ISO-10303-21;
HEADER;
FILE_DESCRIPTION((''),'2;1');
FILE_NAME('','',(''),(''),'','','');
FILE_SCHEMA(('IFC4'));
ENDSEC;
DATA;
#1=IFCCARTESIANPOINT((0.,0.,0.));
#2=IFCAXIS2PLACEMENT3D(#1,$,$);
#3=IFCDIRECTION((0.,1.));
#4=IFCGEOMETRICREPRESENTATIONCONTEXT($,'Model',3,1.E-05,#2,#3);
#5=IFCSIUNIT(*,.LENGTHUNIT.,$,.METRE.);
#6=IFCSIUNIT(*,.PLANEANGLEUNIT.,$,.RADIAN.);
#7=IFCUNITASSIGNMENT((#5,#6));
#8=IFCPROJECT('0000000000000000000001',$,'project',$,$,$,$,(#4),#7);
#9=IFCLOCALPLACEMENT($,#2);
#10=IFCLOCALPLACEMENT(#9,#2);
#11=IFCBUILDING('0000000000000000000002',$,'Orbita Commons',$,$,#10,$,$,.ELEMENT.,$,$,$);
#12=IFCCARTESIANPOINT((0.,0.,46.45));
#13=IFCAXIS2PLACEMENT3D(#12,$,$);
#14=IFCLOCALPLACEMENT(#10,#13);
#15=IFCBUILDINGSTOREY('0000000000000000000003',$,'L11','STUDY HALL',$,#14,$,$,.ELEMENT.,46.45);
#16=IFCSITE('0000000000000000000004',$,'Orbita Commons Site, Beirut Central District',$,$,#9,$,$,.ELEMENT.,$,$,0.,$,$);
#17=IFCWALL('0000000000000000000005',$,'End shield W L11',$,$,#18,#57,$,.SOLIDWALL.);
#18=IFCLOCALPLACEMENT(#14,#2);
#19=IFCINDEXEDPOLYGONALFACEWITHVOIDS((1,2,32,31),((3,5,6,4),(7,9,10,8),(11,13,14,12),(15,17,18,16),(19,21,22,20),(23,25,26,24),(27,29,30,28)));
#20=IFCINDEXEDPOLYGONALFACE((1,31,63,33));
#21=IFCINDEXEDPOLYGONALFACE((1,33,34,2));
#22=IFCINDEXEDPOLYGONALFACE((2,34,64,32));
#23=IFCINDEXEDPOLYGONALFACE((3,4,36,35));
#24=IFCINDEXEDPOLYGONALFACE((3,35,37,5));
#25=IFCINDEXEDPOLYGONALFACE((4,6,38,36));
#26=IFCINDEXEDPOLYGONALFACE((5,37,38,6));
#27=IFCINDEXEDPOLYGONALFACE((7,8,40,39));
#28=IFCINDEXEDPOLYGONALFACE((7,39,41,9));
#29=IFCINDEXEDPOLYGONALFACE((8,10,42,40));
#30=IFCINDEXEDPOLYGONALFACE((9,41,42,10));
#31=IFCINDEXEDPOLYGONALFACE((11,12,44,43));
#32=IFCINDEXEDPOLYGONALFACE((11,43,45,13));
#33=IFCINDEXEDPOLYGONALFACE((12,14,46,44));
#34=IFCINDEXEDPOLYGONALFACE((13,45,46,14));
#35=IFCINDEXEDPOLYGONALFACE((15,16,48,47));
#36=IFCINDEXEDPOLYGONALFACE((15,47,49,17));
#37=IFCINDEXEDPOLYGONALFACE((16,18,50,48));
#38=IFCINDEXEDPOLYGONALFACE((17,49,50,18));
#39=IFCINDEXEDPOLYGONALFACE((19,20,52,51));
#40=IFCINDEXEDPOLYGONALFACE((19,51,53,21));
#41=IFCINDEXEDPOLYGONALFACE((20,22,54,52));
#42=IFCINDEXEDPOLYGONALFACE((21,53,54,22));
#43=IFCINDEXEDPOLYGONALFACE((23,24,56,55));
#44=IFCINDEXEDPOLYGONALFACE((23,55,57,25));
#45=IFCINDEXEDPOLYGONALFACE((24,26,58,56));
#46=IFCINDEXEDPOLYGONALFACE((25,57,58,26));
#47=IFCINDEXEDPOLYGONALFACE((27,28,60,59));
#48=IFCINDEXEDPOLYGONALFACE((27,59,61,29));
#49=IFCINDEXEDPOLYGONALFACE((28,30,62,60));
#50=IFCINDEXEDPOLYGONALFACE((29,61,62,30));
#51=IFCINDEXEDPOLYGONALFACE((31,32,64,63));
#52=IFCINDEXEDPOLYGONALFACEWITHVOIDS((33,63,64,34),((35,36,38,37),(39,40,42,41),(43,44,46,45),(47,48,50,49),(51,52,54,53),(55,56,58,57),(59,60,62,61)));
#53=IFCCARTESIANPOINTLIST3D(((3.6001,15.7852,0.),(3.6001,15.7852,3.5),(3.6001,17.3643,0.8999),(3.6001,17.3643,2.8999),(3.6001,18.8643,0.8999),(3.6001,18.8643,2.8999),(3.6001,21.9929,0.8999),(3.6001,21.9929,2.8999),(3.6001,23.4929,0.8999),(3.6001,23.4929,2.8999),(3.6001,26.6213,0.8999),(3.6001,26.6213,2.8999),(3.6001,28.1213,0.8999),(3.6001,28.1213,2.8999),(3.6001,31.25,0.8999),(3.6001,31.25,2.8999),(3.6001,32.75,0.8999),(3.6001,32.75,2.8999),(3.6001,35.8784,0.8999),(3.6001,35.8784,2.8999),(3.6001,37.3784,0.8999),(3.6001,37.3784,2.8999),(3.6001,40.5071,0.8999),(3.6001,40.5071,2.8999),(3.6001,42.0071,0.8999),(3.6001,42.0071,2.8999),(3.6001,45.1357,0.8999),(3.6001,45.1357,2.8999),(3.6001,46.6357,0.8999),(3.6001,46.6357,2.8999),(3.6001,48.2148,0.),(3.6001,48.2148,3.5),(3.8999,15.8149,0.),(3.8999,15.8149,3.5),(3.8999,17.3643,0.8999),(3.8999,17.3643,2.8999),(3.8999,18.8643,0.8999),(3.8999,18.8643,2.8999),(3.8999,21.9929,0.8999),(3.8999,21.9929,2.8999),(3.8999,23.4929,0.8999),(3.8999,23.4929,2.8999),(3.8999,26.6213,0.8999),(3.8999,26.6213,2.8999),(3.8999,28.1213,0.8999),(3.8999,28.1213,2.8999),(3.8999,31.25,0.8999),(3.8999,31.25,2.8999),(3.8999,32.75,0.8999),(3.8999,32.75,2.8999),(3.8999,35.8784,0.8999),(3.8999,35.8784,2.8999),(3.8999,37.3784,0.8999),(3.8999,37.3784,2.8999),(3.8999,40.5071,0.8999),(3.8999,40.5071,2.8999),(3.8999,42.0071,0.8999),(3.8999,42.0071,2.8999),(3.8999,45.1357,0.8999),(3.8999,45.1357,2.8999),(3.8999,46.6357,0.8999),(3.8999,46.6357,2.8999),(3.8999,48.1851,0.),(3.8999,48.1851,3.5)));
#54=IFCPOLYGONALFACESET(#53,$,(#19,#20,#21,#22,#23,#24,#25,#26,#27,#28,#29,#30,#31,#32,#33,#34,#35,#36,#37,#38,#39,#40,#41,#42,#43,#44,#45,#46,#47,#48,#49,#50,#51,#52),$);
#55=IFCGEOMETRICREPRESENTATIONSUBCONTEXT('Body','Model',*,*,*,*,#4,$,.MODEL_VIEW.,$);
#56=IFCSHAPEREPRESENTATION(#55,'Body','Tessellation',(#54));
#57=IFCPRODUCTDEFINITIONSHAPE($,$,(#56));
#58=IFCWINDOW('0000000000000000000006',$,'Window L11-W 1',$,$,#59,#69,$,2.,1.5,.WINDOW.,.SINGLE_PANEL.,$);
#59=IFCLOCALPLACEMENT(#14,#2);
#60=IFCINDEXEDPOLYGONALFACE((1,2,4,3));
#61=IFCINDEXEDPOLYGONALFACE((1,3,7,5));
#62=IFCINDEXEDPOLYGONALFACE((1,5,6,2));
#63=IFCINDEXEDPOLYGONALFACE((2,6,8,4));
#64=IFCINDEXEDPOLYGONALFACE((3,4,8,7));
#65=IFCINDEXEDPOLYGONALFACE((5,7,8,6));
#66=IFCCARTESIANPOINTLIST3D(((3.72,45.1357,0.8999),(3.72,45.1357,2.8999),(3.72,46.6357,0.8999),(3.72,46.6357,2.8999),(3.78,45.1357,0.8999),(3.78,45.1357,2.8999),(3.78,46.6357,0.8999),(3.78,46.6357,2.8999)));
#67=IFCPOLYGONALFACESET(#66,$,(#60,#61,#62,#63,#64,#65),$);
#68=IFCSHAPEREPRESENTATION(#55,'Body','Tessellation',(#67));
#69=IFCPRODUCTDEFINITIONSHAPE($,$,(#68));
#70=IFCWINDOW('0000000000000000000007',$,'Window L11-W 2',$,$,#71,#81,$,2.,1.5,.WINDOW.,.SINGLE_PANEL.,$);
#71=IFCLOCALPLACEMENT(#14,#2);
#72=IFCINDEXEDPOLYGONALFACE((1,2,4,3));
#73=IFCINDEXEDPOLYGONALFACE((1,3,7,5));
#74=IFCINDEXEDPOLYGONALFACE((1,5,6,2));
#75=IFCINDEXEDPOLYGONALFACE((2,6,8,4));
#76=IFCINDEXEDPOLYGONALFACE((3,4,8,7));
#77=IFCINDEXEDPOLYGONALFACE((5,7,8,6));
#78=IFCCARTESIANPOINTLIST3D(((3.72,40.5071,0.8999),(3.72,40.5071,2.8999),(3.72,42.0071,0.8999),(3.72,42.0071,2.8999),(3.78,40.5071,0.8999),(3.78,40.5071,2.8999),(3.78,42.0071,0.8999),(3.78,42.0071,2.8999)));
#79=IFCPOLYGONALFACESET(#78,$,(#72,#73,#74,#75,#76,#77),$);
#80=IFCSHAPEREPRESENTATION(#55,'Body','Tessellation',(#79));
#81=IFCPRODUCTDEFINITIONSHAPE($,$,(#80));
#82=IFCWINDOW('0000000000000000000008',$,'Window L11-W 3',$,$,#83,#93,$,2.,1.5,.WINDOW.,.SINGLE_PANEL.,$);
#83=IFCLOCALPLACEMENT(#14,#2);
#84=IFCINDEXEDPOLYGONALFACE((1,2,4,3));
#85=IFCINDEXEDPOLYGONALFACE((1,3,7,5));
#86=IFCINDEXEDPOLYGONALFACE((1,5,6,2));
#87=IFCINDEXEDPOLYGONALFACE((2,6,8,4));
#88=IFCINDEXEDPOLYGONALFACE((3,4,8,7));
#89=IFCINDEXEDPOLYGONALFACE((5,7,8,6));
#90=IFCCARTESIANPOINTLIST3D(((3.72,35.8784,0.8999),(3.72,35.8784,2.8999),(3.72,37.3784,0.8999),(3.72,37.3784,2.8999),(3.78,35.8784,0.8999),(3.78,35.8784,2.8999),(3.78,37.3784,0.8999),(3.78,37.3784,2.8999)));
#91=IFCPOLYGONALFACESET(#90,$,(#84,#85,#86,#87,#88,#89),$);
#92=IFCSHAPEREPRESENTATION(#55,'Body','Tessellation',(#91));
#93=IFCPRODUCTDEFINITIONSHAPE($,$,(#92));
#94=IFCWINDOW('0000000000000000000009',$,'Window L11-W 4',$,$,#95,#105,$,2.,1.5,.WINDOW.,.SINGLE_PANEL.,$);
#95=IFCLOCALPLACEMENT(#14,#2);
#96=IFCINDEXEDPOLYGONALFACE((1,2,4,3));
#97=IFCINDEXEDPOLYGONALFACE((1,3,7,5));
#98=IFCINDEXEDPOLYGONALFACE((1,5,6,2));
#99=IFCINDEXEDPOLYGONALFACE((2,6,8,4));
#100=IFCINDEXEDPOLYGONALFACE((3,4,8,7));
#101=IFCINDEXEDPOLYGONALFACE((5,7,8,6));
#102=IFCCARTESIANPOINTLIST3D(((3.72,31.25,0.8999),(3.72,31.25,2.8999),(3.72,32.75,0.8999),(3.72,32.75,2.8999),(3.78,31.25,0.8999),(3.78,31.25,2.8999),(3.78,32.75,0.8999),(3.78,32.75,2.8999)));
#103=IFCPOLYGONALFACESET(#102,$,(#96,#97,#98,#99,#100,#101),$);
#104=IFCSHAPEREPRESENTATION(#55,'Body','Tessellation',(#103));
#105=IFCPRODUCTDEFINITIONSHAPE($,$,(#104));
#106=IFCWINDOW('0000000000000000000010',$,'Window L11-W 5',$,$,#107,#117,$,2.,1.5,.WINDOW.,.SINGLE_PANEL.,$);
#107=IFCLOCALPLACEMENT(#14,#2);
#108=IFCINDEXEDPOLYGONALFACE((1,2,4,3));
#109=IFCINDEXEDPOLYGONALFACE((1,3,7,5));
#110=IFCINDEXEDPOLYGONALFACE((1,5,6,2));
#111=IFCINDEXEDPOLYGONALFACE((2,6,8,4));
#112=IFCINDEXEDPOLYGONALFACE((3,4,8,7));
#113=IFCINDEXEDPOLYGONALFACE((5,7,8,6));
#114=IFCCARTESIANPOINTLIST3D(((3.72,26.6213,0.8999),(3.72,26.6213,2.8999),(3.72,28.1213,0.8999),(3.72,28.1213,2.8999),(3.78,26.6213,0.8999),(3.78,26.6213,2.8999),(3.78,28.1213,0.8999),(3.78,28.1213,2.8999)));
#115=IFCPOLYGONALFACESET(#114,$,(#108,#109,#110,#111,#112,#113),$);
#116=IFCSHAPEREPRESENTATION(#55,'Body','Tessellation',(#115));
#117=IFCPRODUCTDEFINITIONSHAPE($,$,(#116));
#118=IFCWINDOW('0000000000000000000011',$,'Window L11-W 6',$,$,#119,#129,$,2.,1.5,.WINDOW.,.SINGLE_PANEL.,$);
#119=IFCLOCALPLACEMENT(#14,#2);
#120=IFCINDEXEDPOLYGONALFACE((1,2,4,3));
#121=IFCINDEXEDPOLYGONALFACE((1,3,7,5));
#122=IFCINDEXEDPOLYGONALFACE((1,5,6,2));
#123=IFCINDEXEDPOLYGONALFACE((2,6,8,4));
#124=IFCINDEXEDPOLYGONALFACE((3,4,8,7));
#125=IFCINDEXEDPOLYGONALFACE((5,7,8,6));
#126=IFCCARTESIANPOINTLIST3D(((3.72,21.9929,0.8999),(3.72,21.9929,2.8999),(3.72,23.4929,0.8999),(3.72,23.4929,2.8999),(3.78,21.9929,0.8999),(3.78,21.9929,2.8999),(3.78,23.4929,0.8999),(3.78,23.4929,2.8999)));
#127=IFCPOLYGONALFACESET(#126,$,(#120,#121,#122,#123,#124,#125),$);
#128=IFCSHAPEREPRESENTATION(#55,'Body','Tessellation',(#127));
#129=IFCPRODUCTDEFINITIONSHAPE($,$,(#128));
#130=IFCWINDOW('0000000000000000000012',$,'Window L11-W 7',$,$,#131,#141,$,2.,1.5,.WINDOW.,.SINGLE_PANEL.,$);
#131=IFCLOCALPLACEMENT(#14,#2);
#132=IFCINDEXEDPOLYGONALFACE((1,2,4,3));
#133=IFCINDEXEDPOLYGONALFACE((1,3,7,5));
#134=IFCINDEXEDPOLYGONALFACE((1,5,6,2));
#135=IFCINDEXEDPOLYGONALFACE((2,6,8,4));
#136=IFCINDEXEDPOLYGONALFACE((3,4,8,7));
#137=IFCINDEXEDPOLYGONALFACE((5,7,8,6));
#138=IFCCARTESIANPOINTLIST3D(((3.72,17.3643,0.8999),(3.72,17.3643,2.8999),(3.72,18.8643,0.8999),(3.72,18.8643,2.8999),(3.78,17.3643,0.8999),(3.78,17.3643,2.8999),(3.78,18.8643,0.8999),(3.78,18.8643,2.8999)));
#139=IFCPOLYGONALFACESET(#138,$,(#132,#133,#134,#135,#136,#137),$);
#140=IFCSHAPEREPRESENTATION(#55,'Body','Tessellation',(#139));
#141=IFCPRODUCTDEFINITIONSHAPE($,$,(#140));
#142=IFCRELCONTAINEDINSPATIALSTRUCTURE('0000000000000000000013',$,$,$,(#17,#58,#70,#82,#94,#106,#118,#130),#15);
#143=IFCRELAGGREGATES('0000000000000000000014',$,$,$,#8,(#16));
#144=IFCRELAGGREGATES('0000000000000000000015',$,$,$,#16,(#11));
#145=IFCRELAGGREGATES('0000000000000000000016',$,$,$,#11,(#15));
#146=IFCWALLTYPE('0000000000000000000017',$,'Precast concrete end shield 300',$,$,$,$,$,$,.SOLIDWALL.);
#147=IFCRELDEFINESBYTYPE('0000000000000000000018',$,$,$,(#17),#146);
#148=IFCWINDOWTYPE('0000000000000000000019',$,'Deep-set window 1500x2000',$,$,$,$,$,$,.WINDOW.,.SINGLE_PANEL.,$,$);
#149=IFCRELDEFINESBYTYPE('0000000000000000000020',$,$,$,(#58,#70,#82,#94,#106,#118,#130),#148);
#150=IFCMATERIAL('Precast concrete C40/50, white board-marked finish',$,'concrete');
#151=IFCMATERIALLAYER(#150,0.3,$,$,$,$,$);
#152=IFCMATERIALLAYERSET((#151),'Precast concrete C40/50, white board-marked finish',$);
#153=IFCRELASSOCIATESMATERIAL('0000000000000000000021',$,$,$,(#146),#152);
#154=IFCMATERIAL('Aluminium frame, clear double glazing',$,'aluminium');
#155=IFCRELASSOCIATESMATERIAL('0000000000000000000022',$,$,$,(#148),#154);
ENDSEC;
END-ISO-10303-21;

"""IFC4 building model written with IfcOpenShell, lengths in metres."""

from ifc_helpers import new_model, si_unit, direction, frame, frame_2d, origin, place, context, subcontext, project, spatial, polyline, rectangle, outline, extrude, material, layer, layer_set, type_object, element, fill, save


model = new_model("IFC4")

# Units and contexts
model_context = context("Model", 3, precision=1e-05, world=origin(), true_north=direction((0.0, 1.0)))
body_context = subcontext(model_context, "Body", "Model", "MODEL_VIEW")
ifc_project = project(units=[si_unit("LENGTHUNIT", "METRE"), si_unit("PLANEANGLEUNIT", "RADIAN")], contexts=[model_context])

# Site, building, storey
site_placement = place(None, origin())
site = spatial("IfcSite", under=ifc_project, at=site_placement, Name="Orbita Commons Site, Beirut Central District", CompositionType="ELEMENT", RefElevation=0.0)
building_placement = place(site_placement, origin())
building = spatial("IfcBuilding", under=site, at=building_placement, Name="Orbita Commons", CompositionType="ELEMENT")
storey_placement = place(building_placement, frame((0.0, 0.0, 46.45)))
storey = spatial("IfcBuildingStorey", under=building, at=storey_placement, Name="L11", Description="STUDY HALL", CompositionType="ELEMENT", Elevation=46.45)

# Wall, openings, windows
ifc_material_1 = material(Name="Precast concrete C40/50, white board-marked finish", Category="concrete")
ifc_layer_1 = layer(ifc_material_1, 0.3)
ifc_layer_set_1 = layer_set([ifc_layer_1], Name="Precast concrete C40/50, white board-marked finish")
wall_type_1 = type_object("IfcWallType", Name="Precast concrete end shield 300", PredefinedType="SOLIDWALL", material=ifc_layer_set_1)
wall_1_placement = place(storey_placement, frame((3.75, 48.2, 0.0), z_axis=(0.0, 0.0, 1.0), x_axis=(0.0, -1.0, 0.0)))
wall_1 = element("IfcWall", 1, at=wall_1_placement, inside=storey, type_object=wall_type_1, Name="End shield W L11", PredefinedType="SOLIDWALL", context=body_context, shape_type="SweptSolid", body=[
    extrude(outline(polyline([(-0.0149, -0.1499), (32.4148, -0.1499), (32.385, 0.1499), (0.0149, 0.1499), (-0.0149, -0.1499)])), origin(), (0.0, 0.0, 1.0), 3.5),
])
opening_1_placement = place(wall_1_placement, frame((1.5642, 0.0, 0.8999)))
opening_1 = element("IfcOpeningElement", 2, at=opening_1_placement, cuts=wall_1, PredefinedType="OPENING", context=body_context, shape_type="SweptSolid", body=[
    extrude(rectangle(XDim=1.5, YDim=2.0, at=frame_2d((0.75, 1.0))), frame((0.0, 0.1599, 0.0), z_axis=(0.0, -1.0, 0.0), x_axis=(1.0, 0.0, 0.0)), (0.0, 0.0, 1.0), 0.3201),
])
opening_2_placement = place(wall_1_placement, frame((6.1929, 0.0, 0.8999)))
opening_2 = element("IfcOpeningElement", 3, at=opening_2_placement, cuts=wall_1, PredefinedType="OPENING", context=body_context, shape_type="SweptSolid", body=[
    extrude(rectangle(XDim=1.5, YDim=2.0, at=frame_2d((0.75, 1.0))), frame((0.0, 0.1599, 0.0), z_axis=(0.0, -1.0, 0.0), x_axis=(1.0, 0.0, 0.0)), (0.0, 0.0, 1.0), 0.3201),
])
opening_3_placement = place(wall_1_placement, frame((10.8215, 0.0, 0.8999)))
opening_3 = element("IfcOpeningElement", 4, at=opening_3_placement, cuts=wall_1, PredefinedType="OPENING", context=body_context, shape_type="SweptSolid", body=[
    extrude(rectangle(XDim=1.5, YDim=2.0, at=frame_2d((0.75, 1.0))), frame((0.0, 0.1599, 0.0), z_axis=(0.0, -1.0, 0.0), x_axis=(1.0, 0.0, 0.0)), (0.0, 0.0, 1.0), 0.3201),
])
opening_4_placement = place(wall_1_placement, frame((15.45, 0.0, 0.8999)))
opening_4 = element("IfcOpeningElement", 5, at=opening_4_placement, cuts=wall_1, PredefinedType="OPENING", context=body_context, shape_type="SweptSolid", body=[
    extrude(rectangle(XDim=1.5, YDim=2.0, at=frame_2d((0.75, 1.0))), frame((0.0, 0.1599, 0.0), z_axis=(0.0, -1.0, 0.0), x_axis=(1.0, 0.0, 0.0)), (0.0, 0.0, 1.0), 0.3201),
])
opening_5_placement = place(wall_1_placement, frame((20.0786, 0.0, 0.8999)))
opening_5 = element("IfcOpeningElement", 6, at=opening_5_placement, cuts=wall_1, PredefinedType="OPENING", context=body_context, shape_type="SweptSolid", body=[
    extrude(rectangle(XDim=1.5, YDim=2.0, at=frame_2d((0.75, 1.0))), frame((0.0, 0.1599, 0.0), z_axis=(0.0, -1.0, 0.0), x_axis=(1.0, 0.0, 0.0)), (0.0, 0.0, 1.0), 0.3201),
])
opening_6_placement = place(wall_1_placement, frame((24.707, 0.0, 0.8999)))
opening_6 = element("IfcOpeningElement", 7, at=opening_6_placement, cuts=wall_1, PredefinedType="OPENING", context=body_context, shape_type="SweptSolid", body=[
    extrude(rectangle(XDim=1.5, YDim=2.0, at=frame_2d((0.75, 1.0))), frame((0.0, 0.1599, 0.0), z_axis=(0.0, -1.0, 0.0), x_axis=(1.0, 0.0, 0.0)), (0.0, 0.0, 1.0), 0.3201),
])
opening_7_placement = place(wall_1_placement, frame((29.3357, 0.0, 0.8999)))
opening_7 = element("IfcOpeningElement", 8, at=opening_7_placement, cuts=wall_1, PredefinedType="OPENING", context=body_context, shape_type="SweptSolid", body=[
    extrude(rectangle(XDim=1.5, YDim=2.0, at=frame_2d((0.75, 1.0))), frame((0.0, 0.1599, 0.0), z_axis=(0.0, -1.0, 0.0), x_axis=(1.0, 0.0, 0.0)), (0.0, 0.0, 1.0), 0.3201),
])
ifc_material_2 = material(Name="Aluminium frame, clear double glazing", Category="aluminium")
window_type = type_object("IfcWindowType", Name="Deep-set window 1500x2000", PartitioningType="SINGLE_PANEL", PredefinedType="WINDOW", material=ifc_material_2)
window_1_placement = place(opening_1_placement, origin())
window_1 = element("IfcWindow", 9, at=window_1_placement, inside=storey, type_object=window_type, Name="Window L11-W 1", OverallHeight=2.0, OverallWidth=1.5, PartitioningType="SINGLE_PANEL", PredefinedType="WINDOW", context=body_context, shape_type="SweptSolid", body=[
    extrude(rectangle(XDim=1.5, YDim=2.0, at=frame_2d((0.75, 1.0))), frame((0.0, 0.03, 0.0), z_axis=(0.0, -1.0, 0.0), x_axis=(1.0, 0.0, 0.0)), (0.0, 0.0, 1.0), 0.0601),
])
fill(opening_1, window_1)
window_2_placement = place(opening_2_placement, origin())
window_2 = element("IfcWindow", 10, at=window_2_placement, inside=storey, type_object=window_type, Name="Window L11-W 2", OverallHeight=2.0, OverallWidth=1.5, PartitioningType="SINGLE_PANEL", PredefinedType="WINDOW", context=body_context, shape_type="SweptSolid", body=[
    extrude(rectangle(XDim=1.5, YDim=2.0, at=frame_2d((0.75, 1.0))), frame((0.0, 0.03, 0.0), z_axis=(0.0, -1.0, 0.0), x_axis=(1.0, 0.0, 0.0)), (0.0, 0.0, 1.0), 0.0601),
])
fill(opening_2, window_2)
window_3_placement = place(opening_3_placement, origin())
window_3 = element("IfcWindow", 11, at=window_3_placement, inside=storey, type_object=window_type, Name="Window L11-W 3", OverallHeight=2.0, OverallWidth=1.5, PartitioningType="SINGLE_PANEL", PredefinedType="WINDOW", context=body_context, shape_type="SweptSolid", body=[
    extrude(rectangle(XDim=1.5, YDim=2.0, at=frame_2d((0.75, 1.0))), frame((0.0, 0.03, 0.0), z_axis=(0.0, -1.0, 0.0), x_axis=(1.0, 0.0, 0.0)), (0.0, 0.0, 1.0), 0.0601),
])
fill(opening_3, window_3)
window_4_placement = place(opening_4_placement, origin())
window_4 = element("IfcWindow", 12, at=window_4_placement, inside=storey, type_object=window_type, Name="Window L11-W 4", OverallHeight=2.0, OverallWidth=1.5, PartitioningType="SINGLE_PANEL", PredefinedType="WINDOW", context=body_context, shape_type="SweptSolid", body=[
    extrude(rectangle(XDim=1.5, YDim=2.0, at=frame_2d((0.75, 1.0))), frame((0.0, 0.03, 0.0), z_axis=(0.0, -1.0, 0.0), x_axis=(1.0, 0.0, 0.0)), (0.0, 0.0, 1.0), 0.0601),
])
fill(opening_4, window_4)
window_5_placement = place(opening_5_placement, origin())
window_5 = element("IfcWindow", 13, at=window_5_placement, inside=storey, type_object=window_type, Name="Window L11-W 5", OverallHeight=2.0, OverallWidth=1.5, PartitioningType="SINGLE_PANEL", PredefinedType="WINDOW", context=body_context, shape_type="SweptSolid", body=[
    extrude(rectangle(XDim=1.5, YDim=2.0, at=frame_2d((0.75, 1.0))), frame((0.0, 0.03, 0.0), z_axis=(0.0, -1.0, 0.0), x_axis=(1.0, 0.0, 0.0)), (0.0, 0.0, 1.0), 0.0601),
])
fill(opening_5, window_5)
window_6_placement = place(opening_6_placement, origin())
window_6 = element("IfcWindow", 14, at=window_6_placement, inside=storey, type_object=window_type, Name="Window L11-W 6", OverallHeight=2.0, OverallWidth=1.5, PartitioningType="SINGLE_PANEL", PredefinedType="WINDOW", context=body_context, shape_type="SweptSolid", body=[
    extrude(rectangle(XDim=1.5, YDim=2.0, at=frame_2d((0.75, 1.0))), frame((0.0, 0.03, 0.0), z_axis=(0.0, -1.0, 0.0), x_axis=(1.0, 0.0, 0.0)), (0.0, 0.0, 1.0), 0.0601),
])
fill(opening_6, window_6)
window_7_placement = place(opening_7_placement, origin())
window_7 = element("IfcWindow", 15, at=window_7_placement, inside=storey, type_object=window_type, Name="Window L11-W 7", OverallHeight=2.0, OverallWidth=1.5, PartitioningType="SINGLE_PANEL", PredefinedType="WINDOW", context=body_context, shape_type="SweptSolid", body=[
    extrude(rectangle(XDim=1.5, YDim=2.0, at=frame_2d((0.75, 1.0))), frame((0.0, 0.03, 0.0), z_axis=(0.0, -1.0, 0.0), x_axis=(1.0, 0.0, 0.0)), (0.0, 0.0, 1.0), 0.0601),
])
fill(opening_7, window_7)

save(model, "model.ifc")
